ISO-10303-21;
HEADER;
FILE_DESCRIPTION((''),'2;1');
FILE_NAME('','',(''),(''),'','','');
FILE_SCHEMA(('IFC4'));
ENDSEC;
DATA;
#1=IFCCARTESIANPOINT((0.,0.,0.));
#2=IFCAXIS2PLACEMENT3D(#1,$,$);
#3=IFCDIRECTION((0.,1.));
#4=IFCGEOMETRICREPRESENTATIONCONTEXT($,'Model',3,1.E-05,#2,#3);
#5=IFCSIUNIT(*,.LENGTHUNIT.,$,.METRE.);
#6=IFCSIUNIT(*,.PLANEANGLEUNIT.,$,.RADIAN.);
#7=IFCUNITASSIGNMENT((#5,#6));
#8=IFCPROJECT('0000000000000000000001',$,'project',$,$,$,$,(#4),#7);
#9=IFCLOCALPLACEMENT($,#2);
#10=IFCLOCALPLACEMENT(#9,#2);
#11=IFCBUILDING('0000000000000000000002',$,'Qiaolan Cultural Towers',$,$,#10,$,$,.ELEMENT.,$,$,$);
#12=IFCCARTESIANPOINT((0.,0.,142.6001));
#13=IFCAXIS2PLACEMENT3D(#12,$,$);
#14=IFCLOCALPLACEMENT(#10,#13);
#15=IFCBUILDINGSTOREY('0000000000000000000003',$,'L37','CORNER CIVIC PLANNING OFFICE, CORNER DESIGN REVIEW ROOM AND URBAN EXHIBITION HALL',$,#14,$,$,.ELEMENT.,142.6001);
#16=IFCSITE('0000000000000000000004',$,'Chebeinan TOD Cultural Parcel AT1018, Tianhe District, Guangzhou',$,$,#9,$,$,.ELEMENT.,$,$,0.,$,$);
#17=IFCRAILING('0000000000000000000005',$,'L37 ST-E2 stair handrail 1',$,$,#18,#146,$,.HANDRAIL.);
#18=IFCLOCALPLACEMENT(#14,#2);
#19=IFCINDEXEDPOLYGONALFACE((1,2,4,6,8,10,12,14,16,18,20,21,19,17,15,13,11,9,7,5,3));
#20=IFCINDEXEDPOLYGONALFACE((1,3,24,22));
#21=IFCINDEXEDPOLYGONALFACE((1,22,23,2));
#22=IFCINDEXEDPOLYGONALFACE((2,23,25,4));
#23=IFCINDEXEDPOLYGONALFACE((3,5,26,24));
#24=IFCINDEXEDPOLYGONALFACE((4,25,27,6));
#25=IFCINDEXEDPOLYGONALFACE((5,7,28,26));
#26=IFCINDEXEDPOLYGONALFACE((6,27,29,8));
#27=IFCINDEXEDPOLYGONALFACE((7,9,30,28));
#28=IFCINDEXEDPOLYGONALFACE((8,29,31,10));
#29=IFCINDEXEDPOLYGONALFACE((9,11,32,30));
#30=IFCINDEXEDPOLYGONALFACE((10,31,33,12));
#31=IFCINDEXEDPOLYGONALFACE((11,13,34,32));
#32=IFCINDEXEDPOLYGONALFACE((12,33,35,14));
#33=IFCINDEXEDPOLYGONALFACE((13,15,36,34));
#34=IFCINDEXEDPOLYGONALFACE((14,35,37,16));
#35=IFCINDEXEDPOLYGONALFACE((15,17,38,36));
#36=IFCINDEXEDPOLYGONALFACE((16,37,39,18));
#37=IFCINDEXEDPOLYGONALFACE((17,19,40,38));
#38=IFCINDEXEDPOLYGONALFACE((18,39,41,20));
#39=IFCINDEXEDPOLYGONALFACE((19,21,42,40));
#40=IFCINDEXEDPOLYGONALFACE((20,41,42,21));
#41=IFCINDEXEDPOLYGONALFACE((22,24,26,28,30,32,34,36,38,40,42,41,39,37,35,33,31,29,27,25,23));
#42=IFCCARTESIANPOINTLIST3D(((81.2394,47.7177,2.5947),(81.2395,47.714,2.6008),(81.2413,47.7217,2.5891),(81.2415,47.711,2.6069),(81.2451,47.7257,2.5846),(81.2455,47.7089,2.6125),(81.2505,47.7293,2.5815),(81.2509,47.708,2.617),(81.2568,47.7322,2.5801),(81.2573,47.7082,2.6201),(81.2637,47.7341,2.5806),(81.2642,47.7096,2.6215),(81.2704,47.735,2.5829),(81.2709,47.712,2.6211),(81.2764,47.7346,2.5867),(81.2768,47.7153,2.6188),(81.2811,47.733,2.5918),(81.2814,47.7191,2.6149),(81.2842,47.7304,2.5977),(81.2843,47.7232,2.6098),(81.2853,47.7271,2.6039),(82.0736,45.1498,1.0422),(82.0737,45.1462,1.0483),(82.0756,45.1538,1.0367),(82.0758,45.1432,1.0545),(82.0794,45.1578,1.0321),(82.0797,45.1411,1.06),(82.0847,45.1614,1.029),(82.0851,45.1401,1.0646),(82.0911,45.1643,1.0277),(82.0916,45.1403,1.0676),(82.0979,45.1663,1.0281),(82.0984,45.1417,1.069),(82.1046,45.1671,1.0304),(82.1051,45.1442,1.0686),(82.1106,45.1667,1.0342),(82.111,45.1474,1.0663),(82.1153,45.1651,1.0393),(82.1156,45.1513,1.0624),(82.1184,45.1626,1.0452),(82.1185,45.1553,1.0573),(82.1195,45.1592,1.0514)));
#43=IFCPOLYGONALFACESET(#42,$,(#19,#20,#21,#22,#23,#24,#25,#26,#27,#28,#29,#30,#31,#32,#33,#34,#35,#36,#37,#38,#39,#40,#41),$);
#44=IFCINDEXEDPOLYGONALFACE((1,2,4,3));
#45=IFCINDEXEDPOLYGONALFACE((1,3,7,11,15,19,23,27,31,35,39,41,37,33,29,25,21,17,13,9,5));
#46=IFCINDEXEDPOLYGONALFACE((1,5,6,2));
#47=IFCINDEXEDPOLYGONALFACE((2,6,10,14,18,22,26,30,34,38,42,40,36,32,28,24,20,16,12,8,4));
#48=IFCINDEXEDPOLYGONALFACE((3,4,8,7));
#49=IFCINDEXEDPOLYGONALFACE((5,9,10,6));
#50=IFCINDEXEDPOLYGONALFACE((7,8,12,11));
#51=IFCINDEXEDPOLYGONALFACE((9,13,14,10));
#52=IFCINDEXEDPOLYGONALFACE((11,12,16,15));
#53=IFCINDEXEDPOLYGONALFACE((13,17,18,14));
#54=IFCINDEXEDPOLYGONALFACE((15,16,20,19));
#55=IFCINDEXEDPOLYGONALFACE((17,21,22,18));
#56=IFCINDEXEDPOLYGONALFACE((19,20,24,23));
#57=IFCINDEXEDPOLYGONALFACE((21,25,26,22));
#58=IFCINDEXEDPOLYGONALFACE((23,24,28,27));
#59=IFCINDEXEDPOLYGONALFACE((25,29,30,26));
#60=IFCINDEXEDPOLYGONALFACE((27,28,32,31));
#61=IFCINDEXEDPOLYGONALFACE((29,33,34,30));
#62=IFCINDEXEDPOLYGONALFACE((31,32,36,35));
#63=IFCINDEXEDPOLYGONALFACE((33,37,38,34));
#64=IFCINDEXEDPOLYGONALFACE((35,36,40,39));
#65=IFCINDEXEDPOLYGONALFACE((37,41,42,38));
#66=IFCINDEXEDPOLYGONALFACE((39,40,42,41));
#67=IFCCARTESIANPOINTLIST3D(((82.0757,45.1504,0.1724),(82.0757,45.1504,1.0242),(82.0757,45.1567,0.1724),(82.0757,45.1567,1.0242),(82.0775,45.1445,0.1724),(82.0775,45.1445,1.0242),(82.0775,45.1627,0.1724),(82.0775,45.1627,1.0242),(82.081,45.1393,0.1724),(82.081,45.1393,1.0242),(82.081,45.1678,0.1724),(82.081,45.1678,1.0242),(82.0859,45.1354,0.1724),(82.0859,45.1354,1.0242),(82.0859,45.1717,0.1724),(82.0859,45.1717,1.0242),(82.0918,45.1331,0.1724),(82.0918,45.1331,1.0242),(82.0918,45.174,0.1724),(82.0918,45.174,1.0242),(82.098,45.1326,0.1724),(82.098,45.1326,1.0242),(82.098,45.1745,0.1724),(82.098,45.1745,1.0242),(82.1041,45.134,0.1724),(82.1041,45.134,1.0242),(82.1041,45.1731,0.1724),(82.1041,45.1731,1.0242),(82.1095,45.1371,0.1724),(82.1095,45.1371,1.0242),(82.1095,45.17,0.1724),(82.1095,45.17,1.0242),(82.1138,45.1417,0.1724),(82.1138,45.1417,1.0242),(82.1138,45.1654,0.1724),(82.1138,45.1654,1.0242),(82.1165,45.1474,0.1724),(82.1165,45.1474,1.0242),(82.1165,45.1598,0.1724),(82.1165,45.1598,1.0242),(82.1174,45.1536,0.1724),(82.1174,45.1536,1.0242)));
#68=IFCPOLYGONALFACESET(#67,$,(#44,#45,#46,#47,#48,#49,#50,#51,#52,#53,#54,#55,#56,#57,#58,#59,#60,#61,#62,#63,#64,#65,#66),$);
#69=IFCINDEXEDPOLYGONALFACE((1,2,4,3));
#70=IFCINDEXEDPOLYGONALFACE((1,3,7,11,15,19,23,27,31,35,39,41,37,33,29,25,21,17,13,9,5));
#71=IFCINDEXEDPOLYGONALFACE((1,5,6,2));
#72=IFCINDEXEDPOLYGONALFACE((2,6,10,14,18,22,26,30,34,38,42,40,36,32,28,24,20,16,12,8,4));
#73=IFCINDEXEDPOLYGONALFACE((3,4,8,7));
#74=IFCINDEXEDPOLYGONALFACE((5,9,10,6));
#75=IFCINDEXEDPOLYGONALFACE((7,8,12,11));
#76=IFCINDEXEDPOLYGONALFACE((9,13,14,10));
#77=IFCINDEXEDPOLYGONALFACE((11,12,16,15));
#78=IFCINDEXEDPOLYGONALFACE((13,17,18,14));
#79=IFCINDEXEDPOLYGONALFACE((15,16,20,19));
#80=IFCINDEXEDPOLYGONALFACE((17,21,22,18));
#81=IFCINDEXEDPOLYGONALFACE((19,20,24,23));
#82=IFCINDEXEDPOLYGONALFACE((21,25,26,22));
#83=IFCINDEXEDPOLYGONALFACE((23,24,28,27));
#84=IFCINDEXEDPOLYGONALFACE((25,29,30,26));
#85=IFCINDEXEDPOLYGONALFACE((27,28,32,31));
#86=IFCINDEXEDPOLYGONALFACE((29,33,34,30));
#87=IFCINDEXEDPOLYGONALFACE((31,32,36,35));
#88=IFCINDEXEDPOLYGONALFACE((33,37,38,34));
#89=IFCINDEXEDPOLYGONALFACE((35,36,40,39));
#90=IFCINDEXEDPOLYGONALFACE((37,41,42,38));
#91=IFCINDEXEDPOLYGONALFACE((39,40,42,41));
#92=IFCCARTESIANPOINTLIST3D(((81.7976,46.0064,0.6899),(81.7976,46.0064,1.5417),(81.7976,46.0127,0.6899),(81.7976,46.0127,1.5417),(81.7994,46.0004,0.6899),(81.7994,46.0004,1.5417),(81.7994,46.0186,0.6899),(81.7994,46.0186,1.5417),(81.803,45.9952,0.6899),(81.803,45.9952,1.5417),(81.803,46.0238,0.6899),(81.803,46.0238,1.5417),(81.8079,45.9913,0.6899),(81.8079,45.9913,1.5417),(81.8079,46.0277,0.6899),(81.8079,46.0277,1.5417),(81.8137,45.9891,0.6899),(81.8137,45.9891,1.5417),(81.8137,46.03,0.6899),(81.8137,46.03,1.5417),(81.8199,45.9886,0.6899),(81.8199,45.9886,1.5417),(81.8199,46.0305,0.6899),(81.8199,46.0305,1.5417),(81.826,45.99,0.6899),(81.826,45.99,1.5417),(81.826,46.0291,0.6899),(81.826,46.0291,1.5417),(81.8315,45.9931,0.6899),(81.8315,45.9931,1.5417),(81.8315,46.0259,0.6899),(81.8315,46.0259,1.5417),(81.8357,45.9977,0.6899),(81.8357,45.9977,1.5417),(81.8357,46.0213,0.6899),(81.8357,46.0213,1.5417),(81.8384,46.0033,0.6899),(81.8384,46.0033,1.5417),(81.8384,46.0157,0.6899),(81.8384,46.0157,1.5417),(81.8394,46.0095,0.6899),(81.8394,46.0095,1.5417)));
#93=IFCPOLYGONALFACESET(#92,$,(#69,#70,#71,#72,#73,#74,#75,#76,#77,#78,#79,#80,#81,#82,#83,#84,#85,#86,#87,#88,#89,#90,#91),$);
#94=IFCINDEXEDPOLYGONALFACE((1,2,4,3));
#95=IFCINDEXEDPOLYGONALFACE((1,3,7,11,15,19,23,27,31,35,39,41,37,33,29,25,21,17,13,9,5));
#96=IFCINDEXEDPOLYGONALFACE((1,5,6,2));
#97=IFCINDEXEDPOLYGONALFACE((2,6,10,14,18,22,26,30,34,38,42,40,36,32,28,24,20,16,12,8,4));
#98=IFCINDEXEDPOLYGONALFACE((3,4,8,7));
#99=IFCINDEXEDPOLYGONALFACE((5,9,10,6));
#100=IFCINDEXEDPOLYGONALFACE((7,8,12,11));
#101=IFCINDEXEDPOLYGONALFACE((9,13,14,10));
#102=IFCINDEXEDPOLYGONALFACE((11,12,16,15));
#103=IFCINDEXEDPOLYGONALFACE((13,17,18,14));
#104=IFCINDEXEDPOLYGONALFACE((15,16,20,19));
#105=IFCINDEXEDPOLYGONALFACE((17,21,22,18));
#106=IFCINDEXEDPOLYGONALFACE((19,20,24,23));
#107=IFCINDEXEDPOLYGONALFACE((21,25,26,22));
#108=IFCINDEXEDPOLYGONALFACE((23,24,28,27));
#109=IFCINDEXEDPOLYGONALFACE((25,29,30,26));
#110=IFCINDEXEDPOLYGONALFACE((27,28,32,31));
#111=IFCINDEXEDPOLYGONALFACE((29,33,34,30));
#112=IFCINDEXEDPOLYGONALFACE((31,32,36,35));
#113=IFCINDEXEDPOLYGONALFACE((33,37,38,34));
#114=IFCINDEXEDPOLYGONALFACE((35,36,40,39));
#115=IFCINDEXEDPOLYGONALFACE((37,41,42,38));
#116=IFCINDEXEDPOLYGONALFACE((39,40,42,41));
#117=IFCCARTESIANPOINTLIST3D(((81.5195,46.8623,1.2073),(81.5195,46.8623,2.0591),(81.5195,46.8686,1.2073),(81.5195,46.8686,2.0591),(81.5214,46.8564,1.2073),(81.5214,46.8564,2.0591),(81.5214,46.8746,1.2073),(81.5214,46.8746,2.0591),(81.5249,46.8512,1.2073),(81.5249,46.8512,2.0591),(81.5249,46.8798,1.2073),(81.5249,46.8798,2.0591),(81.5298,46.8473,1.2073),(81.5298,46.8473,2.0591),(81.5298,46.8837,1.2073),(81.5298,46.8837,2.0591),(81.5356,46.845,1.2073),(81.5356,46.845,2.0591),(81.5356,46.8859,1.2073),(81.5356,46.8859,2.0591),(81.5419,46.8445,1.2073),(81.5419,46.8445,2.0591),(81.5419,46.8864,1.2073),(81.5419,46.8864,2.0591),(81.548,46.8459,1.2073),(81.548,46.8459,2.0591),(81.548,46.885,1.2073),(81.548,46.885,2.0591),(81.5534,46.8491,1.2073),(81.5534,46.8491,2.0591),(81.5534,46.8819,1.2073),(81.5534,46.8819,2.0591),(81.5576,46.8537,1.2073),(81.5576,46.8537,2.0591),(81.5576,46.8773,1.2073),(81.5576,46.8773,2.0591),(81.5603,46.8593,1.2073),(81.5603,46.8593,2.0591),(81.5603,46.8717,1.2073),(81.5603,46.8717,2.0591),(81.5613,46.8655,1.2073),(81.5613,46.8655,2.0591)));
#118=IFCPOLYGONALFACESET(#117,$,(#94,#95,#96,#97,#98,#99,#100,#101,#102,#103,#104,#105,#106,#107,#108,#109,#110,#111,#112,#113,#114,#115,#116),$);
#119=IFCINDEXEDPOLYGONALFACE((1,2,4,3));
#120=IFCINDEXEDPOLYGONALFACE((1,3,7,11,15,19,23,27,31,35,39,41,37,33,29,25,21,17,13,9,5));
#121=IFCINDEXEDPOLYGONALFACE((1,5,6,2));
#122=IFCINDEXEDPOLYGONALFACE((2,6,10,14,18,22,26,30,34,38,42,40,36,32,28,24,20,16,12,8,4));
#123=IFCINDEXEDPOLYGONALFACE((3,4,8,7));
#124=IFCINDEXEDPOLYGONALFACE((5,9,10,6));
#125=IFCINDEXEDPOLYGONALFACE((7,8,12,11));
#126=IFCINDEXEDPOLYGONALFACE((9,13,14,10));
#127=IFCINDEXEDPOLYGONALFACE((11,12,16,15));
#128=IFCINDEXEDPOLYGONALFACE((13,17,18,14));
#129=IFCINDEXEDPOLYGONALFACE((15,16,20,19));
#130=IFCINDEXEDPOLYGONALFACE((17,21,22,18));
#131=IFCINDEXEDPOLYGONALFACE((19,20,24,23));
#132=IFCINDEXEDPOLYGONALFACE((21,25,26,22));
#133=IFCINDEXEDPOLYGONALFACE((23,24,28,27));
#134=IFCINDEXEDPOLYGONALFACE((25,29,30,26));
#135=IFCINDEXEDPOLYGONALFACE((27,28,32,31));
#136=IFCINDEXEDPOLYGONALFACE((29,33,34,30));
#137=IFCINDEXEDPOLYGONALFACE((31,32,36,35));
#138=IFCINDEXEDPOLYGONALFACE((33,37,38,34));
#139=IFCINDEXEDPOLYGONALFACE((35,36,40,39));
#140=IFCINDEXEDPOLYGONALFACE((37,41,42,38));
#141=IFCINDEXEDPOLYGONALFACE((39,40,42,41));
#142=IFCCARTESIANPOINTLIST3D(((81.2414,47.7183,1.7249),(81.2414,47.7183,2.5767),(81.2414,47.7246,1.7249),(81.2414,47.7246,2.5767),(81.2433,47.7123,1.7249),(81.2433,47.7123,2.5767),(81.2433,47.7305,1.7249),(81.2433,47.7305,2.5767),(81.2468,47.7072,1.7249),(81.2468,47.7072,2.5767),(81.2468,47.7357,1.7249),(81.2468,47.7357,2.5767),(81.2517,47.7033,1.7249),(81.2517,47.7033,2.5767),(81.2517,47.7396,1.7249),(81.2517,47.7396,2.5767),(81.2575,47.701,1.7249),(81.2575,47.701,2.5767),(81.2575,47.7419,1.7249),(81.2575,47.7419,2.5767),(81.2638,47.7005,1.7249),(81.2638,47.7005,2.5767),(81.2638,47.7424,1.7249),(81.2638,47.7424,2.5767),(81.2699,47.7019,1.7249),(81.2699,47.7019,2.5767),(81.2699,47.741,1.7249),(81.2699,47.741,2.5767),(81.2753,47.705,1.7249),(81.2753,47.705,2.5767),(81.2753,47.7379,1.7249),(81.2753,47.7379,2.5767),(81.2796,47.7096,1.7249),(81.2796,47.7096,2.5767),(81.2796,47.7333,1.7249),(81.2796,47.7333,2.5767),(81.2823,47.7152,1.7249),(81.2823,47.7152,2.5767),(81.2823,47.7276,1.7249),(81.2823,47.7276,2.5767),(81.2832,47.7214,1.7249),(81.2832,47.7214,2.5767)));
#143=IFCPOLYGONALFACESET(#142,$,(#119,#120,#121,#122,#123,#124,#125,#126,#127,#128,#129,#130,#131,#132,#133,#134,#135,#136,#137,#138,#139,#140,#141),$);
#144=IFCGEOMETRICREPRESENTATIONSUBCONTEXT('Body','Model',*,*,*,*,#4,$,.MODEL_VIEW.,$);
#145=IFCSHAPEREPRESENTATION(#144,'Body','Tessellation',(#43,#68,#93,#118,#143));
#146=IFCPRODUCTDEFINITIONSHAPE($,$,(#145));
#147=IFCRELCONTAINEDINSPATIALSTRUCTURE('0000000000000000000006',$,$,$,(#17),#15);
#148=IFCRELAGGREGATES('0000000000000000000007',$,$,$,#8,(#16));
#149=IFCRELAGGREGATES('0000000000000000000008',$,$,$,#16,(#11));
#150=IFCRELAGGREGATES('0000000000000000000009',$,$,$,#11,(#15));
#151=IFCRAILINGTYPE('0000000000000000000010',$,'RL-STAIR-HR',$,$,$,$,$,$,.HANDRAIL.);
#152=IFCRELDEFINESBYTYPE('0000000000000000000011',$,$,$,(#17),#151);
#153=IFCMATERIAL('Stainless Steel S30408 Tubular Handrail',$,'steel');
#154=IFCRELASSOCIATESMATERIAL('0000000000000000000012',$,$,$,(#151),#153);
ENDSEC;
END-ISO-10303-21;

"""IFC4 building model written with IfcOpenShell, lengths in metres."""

from ifc_helpers import new_model, si_unit, direction, frame, origin, origin_2d, place, context, subcontext, project, spatial, circle, extrude, material, type_object, element, save


model = new_model("IFC4")

# Units and contexts
model_context = context("Model", 3, precision=1e-05, world=origin(), true_north=direction((0.0, 1.0)))
body_context = subcontext(model_context, "Body", "Model", "MODEL_VIEW")
ifc_project = project(units=[si_unit("LENGTHUNIT", "METRE"), si_unit("PLANEANGLEUNIT", "RADIAN")], contexts=[model_context])

# Site, building, storey
site_placement = place(None, origin())
site = spatial("IfcSite", under=ifc_project, at=site_placement, Name="Chebeinan TOD Cultural Parcel AT1018, Tianhe District, Guangzhou", CompositionType="ELEMENT", RefElevation=0.0)
building_placement = place(site_placement, origin())
building = spatial("IfcBuilding", under=site, at=building_placement, Name="Qiaolan Cultural Towers", CompositionType="ELEMENT")
storey_placement = place(building_placement, frame((0.0, 0.0, 142.6001)))
storey = spatial("IfcBuildingStorey", under=building, at=storey_placement, Name="L37", Description="CORNER CIVIC PLANNING OFFICE, CORNER DESIGN REVIEW ROOM AND URBAN EXHIBITION HALL", CompositionType="ELEMENT", Elevation=142.6001)

# Railing
ifc_material_1 = material(Name="Stainless Steel S30408 Tubular Handrail", Category="steel")
railing_type_1 = type_object("IfcRailingType", Name="RL-STAIR-HR", PredefinedType="HANDRAIL", material=ifc_material_1)
railing_1_placement = place(storey_placement, frame((82.0964, 45.1536, 0.1724)))
element("IfcRailing", 1, at=railing_1_placement, inside=storey, type_object=railing_type_1, Name="L37 ST-E2 stair handrail 1", PredefinedType="HANDRAIL", context=body_context, shape_type="SweptSolid", body=[
    extrude(circle(Radius=0.0239, at=origin_2d()), frame((0.0, 0.0, 0.876), z_axis=(-0.267853, 0.824488, 0.498471), x_axis=(-0.95107, -0.308976, 0.0)), (0.0, 0.0, 1.0), 3.1145),
    extrude(circle(Radius=0.021, at=origin_2d()), origin(), (0.0, 0.0, 1.0), 0.8518),
    extrude(circle(Radius=0.021, at=origin_2d()), frame((-0.2781, 0.856, 0.5176)), (0.0, 0.0, 1.0), 0.8518),
    extrude(circle(Radius=0.021, at=origin_2d()), frame((-0.5562, 1.7119, 1.0349)), (0.0, 0.0, 1.0), 0.8518),
    extrude(circle(Radius=0.021, at=origin_2d()), frame((-0.8342, 2.5679, 1.5525)), (0.0, 0.0, 1.0), 0.8518),
])

save(model, "model.ifc")
